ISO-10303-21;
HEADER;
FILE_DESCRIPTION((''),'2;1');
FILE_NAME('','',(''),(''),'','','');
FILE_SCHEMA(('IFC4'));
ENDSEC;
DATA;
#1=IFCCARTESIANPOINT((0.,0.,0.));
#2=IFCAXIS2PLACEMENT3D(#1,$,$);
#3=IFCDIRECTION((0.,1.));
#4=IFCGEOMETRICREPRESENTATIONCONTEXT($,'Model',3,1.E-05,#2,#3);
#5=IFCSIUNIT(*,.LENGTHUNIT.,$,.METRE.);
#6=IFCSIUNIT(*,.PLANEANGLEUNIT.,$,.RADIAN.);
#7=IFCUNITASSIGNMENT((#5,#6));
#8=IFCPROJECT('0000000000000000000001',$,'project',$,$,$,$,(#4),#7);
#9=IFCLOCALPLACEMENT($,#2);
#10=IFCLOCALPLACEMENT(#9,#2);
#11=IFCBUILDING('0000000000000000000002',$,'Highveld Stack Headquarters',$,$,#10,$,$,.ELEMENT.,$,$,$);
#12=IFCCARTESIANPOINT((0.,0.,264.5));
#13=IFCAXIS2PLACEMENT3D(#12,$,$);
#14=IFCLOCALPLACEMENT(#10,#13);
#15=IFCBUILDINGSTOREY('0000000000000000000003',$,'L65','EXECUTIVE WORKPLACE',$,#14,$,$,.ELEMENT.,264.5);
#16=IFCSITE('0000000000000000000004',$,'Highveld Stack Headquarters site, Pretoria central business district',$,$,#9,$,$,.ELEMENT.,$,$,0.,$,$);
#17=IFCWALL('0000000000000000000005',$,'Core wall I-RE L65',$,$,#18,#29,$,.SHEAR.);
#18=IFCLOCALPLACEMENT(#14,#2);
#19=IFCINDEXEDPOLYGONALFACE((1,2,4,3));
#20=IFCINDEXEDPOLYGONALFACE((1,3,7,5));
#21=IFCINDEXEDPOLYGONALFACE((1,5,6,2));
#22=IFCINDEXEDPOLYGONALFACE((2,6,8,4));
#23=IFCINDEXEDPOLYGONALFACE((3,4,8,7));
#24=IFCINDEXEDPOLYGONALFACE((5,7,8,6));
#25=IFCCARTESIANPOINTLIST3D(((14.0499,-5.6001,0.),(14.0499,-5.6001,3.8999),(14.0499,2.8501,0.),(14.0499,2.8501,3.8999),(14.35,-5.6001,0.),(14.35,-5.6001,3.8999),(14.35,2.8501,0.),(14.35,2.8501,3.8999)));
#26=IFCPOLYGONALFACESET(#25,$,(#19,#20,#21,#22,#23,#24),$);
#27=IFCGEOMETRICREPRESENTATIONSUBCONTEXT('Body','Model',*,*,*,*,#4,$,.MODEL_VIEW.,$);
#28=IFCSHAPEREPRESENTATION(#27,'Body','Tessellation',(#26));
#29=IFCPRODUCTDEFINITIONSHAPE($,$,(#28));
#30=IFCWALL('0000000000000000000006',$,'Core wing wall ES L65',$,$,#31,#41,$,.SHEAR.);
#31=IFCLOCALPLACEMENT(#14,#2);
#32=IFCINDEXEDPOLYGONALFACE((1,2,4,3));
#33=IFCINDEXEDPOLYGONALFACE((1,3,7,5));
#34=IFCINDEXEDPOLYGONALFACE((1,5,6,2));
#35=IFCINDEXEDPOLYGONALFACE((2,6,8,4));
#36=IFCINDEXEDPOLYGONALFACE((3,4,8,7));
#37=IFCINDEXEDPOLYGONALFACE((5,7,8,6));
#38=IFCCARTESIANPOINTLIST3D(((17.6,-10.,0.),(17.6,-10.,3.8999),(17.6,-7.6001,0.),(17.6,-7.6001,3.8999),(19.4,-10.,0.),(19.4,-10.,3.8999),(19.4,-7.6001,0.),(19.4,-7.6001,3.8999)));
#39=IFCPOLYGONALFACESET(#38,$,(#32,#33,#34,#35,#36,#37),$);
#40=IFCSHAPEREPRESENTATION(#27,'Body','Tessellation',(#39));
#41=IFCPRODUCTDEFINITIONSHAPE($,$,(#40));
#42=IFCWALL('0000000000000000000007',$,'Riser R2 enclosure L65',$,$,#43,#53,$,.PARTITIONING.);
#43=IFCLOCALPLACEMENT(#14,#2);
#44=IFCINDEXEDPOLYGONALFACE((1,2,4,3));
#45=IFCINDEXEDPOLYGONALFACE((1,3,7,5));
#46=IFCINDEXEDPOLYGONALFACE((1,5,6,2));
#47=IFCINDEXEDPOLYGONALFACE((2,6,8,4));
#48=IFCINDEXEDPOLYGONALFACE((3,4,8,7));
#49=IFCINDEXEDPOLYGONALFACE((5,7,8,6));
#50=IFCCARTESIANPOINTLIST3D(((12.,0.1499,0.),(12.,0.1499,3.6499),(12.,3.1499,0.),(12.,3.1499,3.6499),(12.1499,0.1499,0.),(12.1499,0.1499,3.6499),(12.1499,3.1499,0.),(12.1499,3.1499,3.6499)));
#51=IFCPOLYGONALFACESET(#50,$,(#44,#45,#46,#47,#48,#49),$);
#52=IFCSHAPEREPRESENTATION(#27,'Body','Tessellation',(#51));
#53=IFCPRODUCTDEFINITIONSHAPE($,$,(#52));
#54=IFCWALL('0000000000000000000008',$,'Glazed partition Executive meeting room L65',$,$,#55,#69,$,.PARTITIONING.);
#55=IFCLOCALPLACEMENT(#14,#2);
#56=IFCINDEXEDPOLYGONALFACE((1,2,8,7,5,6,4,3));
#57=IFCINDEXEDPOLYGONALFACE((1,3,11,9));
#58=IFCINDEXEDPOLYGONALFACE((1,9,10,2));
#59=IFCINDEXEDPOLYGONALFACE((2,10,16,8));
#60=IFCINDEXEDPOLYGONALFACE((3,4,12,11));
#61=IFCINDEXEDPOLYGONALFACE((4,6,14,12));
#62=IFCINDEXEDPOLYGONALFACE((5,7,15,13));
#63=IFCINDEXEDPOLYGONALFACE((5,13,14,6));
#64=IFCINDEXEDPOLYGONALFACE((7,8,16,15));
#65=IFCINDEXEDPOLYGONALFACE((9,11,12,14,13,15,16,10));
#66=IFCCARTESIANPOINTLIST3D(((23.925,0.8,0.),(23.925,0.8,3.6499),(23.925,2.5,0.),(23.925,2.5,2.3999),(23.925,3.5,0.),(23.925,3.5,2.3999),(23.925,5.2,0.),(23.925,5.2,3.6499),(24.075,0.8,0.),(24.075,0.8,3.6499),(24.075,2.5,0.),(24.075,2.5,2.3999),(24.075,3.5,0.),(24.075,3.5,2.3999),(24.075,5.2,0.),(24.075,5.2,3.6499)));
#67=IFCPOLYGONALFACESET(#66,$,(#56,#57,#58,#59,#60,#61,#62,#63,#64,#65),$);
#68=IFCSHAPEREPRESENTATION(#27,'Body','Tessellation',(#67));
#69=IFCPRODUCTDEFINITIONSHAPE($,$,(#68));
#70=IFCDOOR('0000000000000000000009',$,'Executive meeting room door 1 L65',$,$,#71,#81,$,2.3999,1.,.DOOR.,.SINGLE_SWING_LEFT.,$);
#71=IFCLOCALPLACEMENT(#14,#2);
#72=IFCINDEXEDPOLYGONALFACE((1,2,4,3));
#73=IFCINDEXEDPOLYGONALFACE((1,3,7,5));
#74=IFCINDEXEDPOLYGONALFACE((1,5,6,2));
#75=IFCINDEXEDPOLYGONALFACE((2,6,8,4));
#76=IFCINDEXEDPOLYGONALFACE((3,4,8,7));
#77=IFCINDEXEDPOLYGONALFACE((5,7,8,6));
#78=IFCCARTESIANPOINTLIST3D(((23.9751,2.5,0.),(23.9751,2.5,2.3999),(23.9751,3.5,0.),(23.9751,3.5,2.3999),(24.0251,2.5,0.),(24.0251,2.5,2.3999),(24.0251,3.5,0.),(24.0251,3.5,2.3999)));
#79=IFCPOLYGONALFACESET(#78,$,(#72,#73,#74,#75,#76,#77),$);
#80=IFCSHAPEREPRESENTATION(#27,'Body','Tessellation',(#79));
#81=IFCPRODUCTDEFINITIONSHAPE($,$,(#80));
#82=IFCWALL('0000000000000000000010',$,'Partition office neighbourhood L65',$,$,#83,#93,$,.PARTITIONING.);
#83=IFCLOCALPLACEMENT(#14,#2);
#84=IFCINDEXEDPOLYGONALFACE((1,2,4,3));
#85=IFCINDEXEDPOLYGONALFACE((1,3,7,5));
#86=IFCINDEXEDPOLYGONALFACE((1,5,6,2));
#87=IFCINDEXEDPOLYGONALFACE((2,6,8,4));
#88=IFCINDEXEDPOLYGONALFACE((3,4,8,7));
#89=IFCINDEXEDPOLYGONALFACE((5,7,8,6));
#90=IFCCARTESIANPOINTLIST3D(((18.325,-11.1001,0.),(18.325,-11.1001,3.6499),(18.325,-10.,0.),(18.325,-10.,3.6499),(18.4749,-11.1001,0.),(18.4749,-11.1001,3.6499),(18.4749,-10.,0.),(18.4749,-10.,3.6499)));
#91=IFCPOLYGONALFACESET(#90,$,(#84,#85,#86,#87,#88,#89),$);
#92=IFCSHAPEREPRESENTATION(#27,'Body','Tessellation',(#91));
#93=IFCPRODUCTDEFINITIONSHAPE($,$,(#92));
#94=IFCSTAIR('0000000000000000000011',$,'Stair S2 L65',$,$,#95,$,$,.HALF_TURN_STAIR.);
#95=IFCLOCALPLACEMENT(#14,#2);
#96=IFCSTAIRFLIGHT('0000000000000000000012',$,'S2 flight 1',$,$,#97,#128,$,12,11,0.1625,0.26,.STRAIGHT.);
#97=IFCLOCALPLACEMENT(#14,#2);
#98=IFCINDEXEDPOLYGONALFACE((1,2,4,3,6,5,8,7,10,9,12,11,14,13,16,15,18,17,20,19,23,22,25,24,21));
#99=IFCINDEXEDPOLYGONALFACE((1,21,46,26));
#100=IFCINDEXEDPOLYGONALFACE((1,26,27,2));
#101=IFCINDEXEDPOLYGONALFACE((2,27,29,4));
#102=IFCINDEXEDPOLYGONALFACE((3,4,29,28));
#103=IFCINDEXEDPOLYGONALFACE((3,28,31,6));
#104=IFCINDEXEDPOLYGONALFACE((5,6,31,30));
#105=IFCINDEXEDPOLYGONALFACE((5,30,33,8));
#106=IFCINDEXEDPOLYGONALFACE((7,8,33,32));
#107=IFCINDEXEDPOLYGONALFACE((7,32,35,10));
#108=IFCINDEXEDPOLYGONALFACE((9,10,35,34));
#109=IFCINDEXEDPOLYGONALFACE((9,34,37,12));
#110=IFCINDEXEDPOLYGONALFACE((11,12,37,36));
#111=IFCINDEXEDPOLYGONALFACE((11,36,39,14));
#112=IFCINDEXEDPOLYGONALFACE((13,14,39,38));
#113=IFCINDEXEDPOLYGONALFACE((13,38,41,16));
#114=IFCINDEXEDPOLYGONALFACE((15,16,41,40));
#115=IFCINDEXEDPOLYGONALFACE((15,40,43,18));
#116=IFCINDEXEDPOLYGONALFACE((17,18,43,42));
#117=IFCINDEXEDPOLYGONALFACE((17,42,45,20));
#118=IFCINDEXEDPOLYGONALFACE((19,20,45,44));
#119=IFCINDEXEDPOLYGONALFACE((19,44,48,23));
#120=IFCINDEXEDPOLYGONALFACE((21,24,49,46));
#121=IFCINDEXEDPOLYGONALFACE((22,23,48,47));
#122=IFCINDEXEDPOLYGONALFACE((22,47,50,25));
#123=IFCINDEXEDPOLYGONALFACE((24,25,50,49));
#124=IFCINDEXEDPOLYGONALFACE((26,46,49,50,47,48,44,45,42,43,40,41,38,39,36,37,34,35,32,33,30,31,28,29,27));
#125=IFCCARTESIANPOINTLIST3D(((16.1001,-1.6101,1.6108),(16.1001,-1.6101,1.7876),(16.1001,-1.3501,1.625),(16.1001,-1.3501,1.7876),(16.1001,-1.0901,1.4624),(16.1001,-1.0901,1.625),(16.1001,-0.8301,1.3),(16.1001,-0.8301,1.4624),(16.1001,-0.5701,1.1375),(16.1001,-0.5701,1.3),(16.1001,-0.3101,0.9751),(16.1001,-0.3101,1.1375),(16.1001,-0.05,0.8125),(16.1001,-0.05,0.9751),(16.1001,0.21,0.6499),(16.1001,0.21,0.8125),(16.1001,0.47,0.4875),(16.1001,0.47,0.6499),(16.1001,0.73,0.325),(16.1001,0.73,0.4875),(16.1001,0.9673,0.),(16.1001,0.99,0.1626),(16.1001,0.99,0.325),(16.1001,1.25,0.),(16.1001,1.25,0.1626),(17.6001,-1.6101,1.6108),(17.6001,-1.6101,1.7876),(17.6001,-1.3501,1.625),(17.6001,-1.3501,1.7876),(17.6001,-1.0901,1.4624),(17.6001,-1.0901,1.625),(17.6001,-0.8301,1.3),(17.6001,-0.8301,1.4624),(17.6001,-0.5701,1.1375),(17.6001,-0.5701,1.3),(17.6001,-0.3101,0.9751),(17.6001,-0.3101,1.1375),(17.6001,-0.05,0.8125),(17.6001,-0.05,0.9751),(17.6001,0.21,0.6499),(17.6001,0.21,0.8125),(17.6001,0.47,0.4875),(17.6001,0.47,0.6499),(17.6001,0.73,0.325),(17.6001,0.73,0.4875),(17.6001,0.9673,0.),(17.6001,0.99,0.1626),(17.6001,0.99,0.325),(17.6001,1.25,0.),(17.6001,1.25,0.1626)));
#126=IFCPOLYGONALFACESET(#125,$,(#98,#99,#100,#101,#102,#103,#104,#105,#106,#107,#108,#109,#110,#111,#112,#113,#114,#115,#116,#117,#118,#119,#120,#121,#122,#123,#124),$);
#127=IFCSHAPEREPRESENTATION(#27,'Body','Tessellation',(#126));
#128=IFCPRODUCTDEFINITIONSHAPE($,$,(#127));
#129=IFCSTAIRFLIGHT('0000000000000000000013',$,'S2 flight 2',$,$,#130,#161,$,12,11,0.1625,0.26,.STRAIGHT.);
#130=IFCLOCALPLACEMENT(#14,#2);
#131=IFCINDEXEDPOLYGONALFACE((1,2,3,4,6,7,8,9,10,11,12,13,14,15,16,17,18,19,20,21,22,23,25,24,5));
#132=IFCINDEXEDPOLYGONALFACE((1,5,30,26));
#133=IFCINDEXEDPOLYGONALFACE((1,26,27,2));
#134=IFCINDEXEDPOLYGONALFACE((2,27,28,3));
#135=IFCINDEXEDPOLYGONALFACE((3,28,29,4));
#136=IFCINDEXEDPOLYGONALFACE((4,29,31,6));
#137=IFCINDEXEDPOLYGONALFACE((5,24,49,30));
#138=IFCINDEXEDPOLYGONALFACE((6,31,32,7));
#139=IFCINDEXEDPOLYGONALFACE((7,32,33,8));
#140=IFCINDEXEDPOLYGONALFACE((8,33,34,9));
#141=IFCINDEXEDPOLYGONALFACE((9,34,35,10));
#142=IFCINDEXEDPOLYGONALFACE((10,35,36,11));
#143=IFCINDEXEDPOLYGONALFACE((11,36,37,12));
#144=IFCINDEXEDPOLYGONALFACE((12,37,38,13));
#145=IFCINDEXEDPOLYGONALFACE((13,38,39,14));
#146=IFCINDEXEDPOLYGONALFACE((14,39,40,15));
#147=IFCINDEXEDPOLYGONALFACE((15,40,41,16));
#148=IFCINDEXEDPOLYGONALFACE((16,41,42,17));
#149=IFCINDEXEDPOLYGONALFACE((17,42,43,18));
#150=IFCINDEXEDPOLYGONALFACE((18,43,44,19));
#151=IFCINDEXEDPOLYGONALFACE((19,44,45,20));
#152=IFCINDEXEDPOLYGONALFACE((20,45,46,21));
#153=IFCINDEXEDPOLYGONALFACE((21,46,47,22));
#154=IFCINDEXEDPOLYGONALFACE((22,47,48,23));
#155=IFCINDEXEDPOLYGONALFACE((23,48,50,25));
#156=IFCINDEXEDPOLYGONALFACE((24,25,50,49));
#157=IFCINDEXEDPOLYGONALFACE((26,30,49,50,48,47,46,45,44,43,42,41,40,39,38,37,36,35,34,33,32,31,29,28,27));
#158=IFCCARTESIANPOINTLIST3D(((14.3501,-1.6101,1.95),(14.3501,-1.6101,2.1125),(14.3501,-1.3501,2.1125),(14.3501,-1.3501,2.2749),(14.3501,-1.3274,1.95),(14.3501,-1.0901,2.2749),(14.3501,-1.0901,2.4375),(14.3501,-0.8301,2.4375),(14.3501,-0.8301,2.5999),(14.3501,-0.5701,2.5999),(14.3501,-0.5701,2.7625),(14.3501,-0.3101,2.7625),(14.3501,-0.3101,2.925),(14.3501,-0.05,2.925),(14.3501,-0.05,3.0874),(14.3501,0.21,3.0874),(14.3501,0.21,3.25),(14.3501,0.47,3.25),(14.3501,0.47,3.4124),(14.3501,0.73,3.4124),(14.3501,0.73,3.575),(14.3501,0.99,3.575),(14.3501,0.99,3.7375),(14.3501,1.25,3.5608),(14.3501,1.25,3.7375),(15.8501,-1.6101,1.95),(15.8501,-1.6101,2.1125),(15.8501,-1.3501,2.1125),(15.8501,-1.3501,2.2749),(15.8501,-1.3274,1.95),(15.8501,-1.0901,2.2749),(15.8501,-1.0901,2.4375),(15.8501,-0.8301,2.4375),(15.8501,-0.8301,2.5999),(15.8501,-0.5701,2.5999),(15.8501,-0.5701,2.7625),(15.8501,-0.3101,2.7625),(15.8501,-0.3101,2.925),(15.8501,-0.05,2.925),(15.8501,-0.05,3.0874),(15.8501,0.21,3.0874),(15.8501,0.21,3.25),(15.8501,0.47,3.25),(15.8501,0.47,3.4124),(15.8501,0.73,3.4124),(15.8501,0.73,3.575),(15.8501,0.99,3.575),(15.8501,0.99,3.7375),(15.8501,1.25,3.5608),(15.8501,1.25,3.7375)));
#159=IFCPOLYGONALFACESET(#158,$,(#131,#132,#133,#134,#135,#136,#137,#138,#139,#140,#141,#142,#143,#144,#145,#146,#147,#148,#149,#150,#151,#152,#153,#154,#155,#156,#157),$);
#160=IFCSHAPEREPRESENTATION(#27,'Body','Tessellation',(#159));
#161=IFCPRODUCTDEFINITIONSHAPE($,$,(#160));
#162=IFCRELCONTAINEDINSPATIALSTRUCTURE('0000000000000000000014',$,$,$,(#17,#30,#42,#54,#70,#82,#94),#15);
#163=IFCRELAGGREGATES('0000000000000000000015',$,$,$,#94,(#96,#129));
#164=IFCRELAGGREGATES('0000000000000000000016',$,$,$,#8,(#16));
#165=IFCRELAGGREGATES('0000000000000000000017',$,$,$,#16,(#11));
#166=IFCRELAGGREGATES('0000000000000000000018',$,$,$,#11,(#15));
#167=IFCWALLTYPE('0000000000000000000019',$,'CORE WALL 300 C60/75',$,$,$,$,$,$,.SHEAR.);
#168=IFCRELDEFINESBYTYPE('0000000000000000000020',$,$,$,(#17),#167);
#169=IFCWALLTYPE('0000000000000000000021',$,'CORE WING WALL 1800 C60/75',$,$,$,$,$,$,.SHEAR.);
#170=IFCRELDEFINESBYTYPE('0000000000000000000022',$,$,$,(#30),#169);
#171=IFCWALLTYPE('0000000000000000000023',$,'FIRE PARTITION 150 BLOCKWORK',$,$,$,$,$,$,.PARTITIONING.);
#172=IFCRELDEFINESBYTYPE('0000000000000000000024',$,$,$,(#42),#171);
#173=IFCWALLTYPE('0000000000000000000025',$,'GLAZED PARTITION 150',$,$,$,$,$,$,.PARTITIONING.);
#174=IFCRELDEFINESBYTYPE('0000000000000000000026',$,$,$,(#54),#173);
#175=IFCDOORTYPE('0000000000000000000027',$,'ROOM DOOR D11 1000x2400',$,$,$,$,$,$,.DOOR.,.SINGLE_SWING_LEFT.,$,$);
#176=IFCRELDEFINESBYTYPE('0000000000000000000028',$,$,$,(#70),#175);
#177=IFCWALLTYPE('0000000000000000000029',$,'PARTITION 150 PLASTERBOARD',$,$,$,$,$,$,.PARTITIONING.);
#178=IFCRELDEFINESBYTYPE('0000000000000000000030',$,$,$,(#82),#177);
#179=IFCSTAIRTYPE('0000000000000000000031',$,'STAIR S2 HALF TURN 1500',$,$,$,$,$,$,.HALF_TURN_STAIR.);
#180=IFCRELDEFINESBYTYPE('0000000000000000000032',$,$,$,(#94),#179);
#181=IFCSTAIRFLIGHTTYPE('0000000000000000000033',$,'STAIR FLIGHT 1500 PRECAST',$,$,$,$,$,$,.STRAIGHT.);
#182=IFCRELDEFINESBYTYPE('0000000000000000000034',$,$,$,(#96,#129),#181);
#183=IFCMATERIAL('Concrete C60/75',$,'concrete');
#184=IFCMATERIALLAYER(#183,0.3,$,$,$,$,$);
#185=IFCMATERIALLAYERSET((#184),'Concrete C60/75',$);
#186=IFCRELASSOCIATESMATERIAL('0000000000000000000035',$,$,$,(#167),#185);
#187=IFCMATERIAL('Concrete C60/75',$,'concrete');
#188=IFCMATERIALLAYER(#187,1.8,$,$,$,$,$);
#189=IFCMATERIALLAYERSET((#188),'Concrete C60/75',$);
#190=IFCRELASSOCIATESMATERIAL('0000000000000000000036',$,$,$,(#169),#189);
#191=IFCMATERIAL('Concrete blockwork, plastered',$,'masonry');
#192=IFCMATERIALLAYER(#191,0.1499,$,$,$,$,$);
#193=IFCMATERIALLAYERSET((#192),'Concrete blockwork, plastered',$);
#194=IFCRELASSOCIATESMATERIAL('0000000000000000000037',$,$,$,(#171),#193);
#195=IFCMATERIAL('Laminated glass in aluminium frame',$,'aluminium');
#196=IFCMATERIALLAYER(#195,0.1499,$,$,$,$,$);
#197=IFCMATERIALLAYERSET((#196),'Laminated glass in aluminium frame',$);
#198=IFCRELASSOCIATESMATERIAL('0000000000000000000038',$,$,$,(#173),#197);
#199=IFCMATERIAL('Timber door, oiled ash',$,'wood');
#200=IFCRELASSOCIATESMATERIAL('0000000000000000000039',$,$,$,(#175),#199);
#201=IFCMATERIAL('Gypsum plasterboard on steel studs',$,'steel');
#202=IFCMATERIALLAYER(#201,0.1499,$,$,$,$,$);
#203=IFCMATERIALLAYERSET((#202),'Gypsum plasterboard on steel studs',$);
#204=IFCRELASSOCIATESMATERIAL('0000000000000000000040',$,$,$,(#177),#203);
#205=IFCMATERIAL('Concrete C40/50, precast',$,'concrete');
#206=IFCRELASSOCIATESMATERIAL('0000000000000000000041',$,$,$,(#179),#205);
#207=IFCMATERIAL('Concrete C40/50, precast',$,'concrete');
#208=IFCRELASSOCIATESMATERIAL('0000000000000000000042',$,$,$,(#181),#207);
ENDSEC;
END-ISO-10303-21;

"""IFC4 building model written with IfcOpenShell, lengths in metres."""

from ifc_helpers import new_model, si_unit, direction, frame, frame_2d, origin, place, context, subcontext, project, spatial, polyline, rectangle, outline, extrude, material, layer, layer_set, type_object, element, fill, aggregate, save


model = new_model("IFC4")

# Units and contexts
model_context = context("Model", 3, precision=1e-05, world=origin(), true_north=direction((0.0, 1.0)))
body_context = subcontext(model_context, "Body", "Model", "MODEL_VIEW")
ifc_project = project(units=[si_unit("LENGTHUNIT", "METRE"), si_unit("PLANEANGLEUNIT", "RADIAN")], contexts=[model_context])

# Site, building, storey
site_placement = place(None, origin())
site = spatial("IfcSite", under=ifc_project, at=site_placement, Name="Highveld Stack Headquarters site, Pretoria central business district", CompositionType="ELEMENT", RefElevation=0.0)
building_placement = place(site_placement, origin())
building = spatial("IfcBuilding", under=site, at=building_placement, Name="Highveld Stack Headquarters", CompositionType="ELEMENT")
storey_placement = place(building_placement, frame((0.0, 0.0, 264.5)))
storey = spatial("IfcBuildingStorey", under=building, at=storey_placement, Name="L65", Description="EXECUTIVE WORKPLACE", CompositionType="ELEMENT", Elevation=264.5)

# Shared definitions
ifc_material_1 = material(Name="Concrete C60/75", Category="concrete")
ifc_layer_1 = layer(ifc_material_1, 0.3)
ifc_layer_set_1 = layer_set([ifc_layer_1], Name="Concrete C60/75")
wall_type_1 = type_object("IfcWallType", Name="CORE WALL 300 C60/75", PredefinedType="SHEAR", material=ifc_layer_set_1)

# Walls
wall_1_placement = place(storey_placement, frame((14.2, -5.6001, 0.0), z_axis=(0.0, 0.0, 1.0), x_axis=(0.0, 1.0, 0.0)))
element("IfcWall", 1, at=wall_1_placement, inside=storey, type_object=wall_type_1, Name="Core wall I-RE L65", PredefinedType="SHEAR", context=body_context, shape_type="SweptSolid", body=[
    extrude(rectangle(XDim=8.4502, YDim=0.3, at=frame_2d((4.2251, 0.0))), origin(), (0.0, 0.0, 1.0), 3.8999),
])
ifc_material_2 = material(Name="Concrete C60/75", Category="concrete")
ifc_layer_2 = layer(ifc_material_2, 1.8)
ifc_layer_set_2 = layer_set([ifc_layer_2], Name="Concrete C60/75")
wall_type_2 = type_object("IfcWallType", Name="CORE WING WALL 1800 C60/75", PredefinedType="SHEAR", material=ifc_layer_set_2)
wall_2_placement = place(storey_placement, frame((18.5, -10.0, 0.0), z_axis=(0.0, 0.0, 1.0), x_axis=(0.0, 1.0, 0.0)))
element("IfcWall", 2, at=wall_2_placement, inside=storey, type_object=wall_type_2, Name="Core wing wall ES L65", PredefinedType="SHEAR", context=body_context, shape_type="SweptSolid", body=[
    extrude(rectangle(XDim=2.3999, YDim=1.8, at=frame_2d((1.2, 0.0))), origin(), (0.0, 0.0, 1.0), 3.8999),
])
ifc_material_3 = material(Name="Concrete blockwork, plastered", Category="masonry")
ifc_layer_3 = layer(ifc_material_3, 0.1499)
ifc_layer_set_3 = layer_set([ifc_layer_3], Name="Concrete blockwork, plastered")
wall_type_3 = type_object("IfcWallType", Name="FIRE PARTITION 150 BLOCKWORK", PredefinedType="PARTITIONING", material=ifc_layer_set_3)
wall_3_placement = place(storey_placement, frame((12.075, 0.1499, 0.0), z_axis=(0.0, 0.0, 1.0), x_axis=(0.0, 1.0, 0.0)))
element("IfcWall", 3, at=wall_3_placement, inside=storey, type_object=wall_type_3, Name="Riser R2 enclosure L65", PredefinedType="PARTITIONING", context=body_context, shape_type="SweptSolid", body=[
    extrude(rectangle(XDim=3.0, YDim=0.1499, at=frame_2d((1.5, 0.0))), origin(), (0.0, 0.0, 1.0), 3.6499),
])

# Wall, opening, door
ifc_material_4 = material(Name="Laminated glass in aluminium frame", Category="aluminium")
ifc_layer_4 = layer(ifc_material_4, 0.1499)
ifc_layer_set_4 = layer_set([ifc_layer_4], Name="Laminated glass in aluminium frame")
wall_type_4 = type_object("IfcWallType", Name="GLAZED PARTITION 150", PredefinedType="PARTITIONING", material=ifc_layer_set_4)
wall_4_placement = place(storey_placement, frame((24.0, 0.8, 0.0), z_axis=(0.0, 0.0, 1.0), x_axis=(0.0, 1.0, 0.0)))
wall_4 = element("IfcWall", 4, at=wall_4_placement, inside=storey, type_object=wall_type_4, Name="Glazed partition Executive meeting room L65", PredefinedType="PARTITIONING", context=body_context, shape_type="SweptSolid", body=[
    extrude(rectangle(XDim=4.3999, YDim=0.1499, at=frame_2d((2.2, 0.0))), origin(), (0.0, 0.0, 1.0), 3.6499),
])
opening_1_placement = place(wall_4_placement, frame((1.7, 0.0, 0.0)))
opening_1 = element("IfcOpeningElement", 5, at=opening_1_placement, cuts=wall_4, PredefinedType="OPENING", context=body_context, shape_type="SweptSolid", body=[
    extrude(rectangle(XDim=1.0, YDim=2.3999, at=frame_2d((0.5, 1.2))), frame((0.0, 0.085, 0.0), z_axis=(0.0, -1.0, 0.0), x_axis=(1.0, 0.0, 0.0)), (0.0, 0.0, 1.0), 0.1699),
])
ifc_material_5 = material(Name="Timber door, oiled ash", Category="wood")
door_type_1 = type_object("IfcDoorType", Name="ROOM DOOR D11 1000x2400", OperationType="SINGLE_SWING_LEFT", PredefinedType="DOOR", material=ifc_material_5)
door_1_placement = place(opening_1_placement, origin())
door_1 = element("IfcDoor", 6, at=door_1_placement, inside=storey, type_object=door_type_1, Name="Executive meeting room door 1 L65", OperationType="SINGLE_SWING_LEFT", OverallHeight=2.3999, OverallWidth=1.0, PredefinedType="DOOR", context=body_context, shape_type="SweptSolid", body=[
    extrude(rectangle(XDim=1.0, YDim=2.3999, at=frame_2d((0.5, 1.2))), frame((0.0, 0.0249, 0.0), z_axis=(0.0, -1.0, 0.0), x_axis=(1.0, 0.0, 0.0)), (0.0, 0.0, 1.0), 0.05),
])
fill(opening_1, door_1)

# Wall
ifc_material_6 = material(Name="Gypsum plasterboard on steel studs", Category="steel")
ifc_layer_5 = layer(ifc_material_6, 0.1499)
ifc_layer_set_5 = layer_set([ifc_layer_5], Name="Gypsum plasterboard on steel studs")
wall_type_5 = type_object("IfcWallType", Name="PARTITION 150 PLASTERBOARD", PredefinedType="PARTITIONING", material=ifc_layer_set_5)
wall_5_placement = place(storey_placement, frame((18.3999, -11.1001, 0.0), z_axis=(0.0, 0.0, 1.0), x_axis=(0.0, 1.0, 0.0)))
element("IfcWall", 7, at=wall_5_placement, inside=storey, type_object=wall_type_5, Name="Partition office neighbourhood L65", PredefinedType="PARTITIONING", context=body_context, shape_type="SweptSolid", body=[
    extrude(rectangle(XDim=1.1001, YDim=0.1499, at=frame_2d((0.55, 0.0))), origin(), (0.0, 0.0, 1.0), 3.6499),
])

# Stair, stair flights
ifc_material_7 = material(Name="Concrete C40/50, precast", Category="concrete")
stair_type = type_object("IfcStairType", Name="STAIR S2 HALF TURN 1500", PredefinedType="HALF_TURN_STAIR", material=ifc_material_7)
stair_placement = place(storey_placement, origin())
stair = element("IfcStair", 8, at=stair_placement, inside=storey, type_object=stair_type, Name="Stair S2 L65", PredefinedType="HALF_TURN_STAIR")
ifc_material_8 = material(Name="Concrete C40/50, precast", Category="concrete")
stair_flight_type = type_object("IfcStairFlightType", Name="STAIR FLIGHT 1500 PRECAST", PredefinedType="STRAIGHT", material=ifc_material_8)
stair_flight_1_placement = place(storey_placement, frame((16.8501, 1.25, 0.0), z_axis=(0.0, 0.0, 1.0), x_axis=(0.0, -1.0, 0.0)))
stair_flight_1 = element("IfcStairFlight", 9, at=stair_flight_1_placement, type_object=stair_flight_type, Name="S2 flight 1", NumberOfRisers=12, NumberOfTreads=11, PredefinedType="STRAIGHT", RiserHeight=0.1625, TreadLength=0.26, context=body_context, shape_type="SweptSolid", body=[
    extrude(outline(polyline([(0.0, 0.0), (0.0, 0.1626), (0.26, 0.1626), (0.26, 0.325), (0.52, 0.325), (0.52, 0.4875), (0.78, 0.4875), (0.78, 0.6499), (1.04, 0.6499), (1.04, 0.8125), (1.3, 0.8125), (1.3, 0.9751), (1.5601, 0.9751), (1.5601, 1.1375), (1.8201, 1.1375), (1.8201, 1.3), (2.0801, 1.3), (2.0801, 1.4624), (2.3401, 1.4624), (2.3401, 1.625), (2.6001, 1.625), (2.6001, 1.7876), (2.8601, 1.7876), (2.8601, 1.95), (2.8601, 1.6108), (0.2827, 0.0), (0.0, 0.0)])), frame((0.0, 0.75, 0.0), z_axis=(0.0, -1.0, 0.0), x_axis=(1.0, 0.0, 0.0)), (0.0, 0.0, 1.0), 1.5),
])
stair_flight_2_placement = place(storey_placement, frame((15.1001, -1.6101, 1.95), z_axis=(0.0, 0.0, 1.0), x_axis=(0.0, 1.0, 0.0)))
stair_flight_2 = element("IfcStairFlight", 10, at=stair_flight_2_placement, type_object=stair_flight_type, Name="S2 flight 2", NumberOfRisers=12, NumberOfTreads=11, PredefinedType="STRAIGHT", RiserHeight=0.1625, TreadLength=0.26, context=body_context, shape_type="SweptSolid", body=[
    extrude(outline(polyline([(0.0, 0.0), (0.0, 0.1626), (0.26, 0.1626), (0.26, 0.325), (0.52, 0.325), (0.52, 0.4875), (0.78, 0.4875), (0.78, 0.6499), (1.04, 0.6499), (1.04, 0.8125), (1.3, 0.8125), (1.3, 0.9751), (1.5601, 0.9751), (1.5601, 1.1375), (1.8201, 1.1375), (1.8201, 1.3), (2.0801, 1.3), (2.0801, 1.4624), (2.3401, 1.4624), (2.3401, 1.625), (2.6001, 1.625), (2.6001, 1.7876), (2.8601, 1.7876), (2.8601, 1.95), (2.8601, 1.6108), (0.2827, 0.0), (0.0, 0.0)])), frame((0.0, 0.75, 0.0), z_axis=(0.0, -1.0, 0.0), x_axis=(1.0, 0.0, 0.0)), (0.0, 0.0, 1.0), 1.5),
])
aggregate(stair, [stair_flight_1, stair_flight_2])

save(model, "model.ifc")
